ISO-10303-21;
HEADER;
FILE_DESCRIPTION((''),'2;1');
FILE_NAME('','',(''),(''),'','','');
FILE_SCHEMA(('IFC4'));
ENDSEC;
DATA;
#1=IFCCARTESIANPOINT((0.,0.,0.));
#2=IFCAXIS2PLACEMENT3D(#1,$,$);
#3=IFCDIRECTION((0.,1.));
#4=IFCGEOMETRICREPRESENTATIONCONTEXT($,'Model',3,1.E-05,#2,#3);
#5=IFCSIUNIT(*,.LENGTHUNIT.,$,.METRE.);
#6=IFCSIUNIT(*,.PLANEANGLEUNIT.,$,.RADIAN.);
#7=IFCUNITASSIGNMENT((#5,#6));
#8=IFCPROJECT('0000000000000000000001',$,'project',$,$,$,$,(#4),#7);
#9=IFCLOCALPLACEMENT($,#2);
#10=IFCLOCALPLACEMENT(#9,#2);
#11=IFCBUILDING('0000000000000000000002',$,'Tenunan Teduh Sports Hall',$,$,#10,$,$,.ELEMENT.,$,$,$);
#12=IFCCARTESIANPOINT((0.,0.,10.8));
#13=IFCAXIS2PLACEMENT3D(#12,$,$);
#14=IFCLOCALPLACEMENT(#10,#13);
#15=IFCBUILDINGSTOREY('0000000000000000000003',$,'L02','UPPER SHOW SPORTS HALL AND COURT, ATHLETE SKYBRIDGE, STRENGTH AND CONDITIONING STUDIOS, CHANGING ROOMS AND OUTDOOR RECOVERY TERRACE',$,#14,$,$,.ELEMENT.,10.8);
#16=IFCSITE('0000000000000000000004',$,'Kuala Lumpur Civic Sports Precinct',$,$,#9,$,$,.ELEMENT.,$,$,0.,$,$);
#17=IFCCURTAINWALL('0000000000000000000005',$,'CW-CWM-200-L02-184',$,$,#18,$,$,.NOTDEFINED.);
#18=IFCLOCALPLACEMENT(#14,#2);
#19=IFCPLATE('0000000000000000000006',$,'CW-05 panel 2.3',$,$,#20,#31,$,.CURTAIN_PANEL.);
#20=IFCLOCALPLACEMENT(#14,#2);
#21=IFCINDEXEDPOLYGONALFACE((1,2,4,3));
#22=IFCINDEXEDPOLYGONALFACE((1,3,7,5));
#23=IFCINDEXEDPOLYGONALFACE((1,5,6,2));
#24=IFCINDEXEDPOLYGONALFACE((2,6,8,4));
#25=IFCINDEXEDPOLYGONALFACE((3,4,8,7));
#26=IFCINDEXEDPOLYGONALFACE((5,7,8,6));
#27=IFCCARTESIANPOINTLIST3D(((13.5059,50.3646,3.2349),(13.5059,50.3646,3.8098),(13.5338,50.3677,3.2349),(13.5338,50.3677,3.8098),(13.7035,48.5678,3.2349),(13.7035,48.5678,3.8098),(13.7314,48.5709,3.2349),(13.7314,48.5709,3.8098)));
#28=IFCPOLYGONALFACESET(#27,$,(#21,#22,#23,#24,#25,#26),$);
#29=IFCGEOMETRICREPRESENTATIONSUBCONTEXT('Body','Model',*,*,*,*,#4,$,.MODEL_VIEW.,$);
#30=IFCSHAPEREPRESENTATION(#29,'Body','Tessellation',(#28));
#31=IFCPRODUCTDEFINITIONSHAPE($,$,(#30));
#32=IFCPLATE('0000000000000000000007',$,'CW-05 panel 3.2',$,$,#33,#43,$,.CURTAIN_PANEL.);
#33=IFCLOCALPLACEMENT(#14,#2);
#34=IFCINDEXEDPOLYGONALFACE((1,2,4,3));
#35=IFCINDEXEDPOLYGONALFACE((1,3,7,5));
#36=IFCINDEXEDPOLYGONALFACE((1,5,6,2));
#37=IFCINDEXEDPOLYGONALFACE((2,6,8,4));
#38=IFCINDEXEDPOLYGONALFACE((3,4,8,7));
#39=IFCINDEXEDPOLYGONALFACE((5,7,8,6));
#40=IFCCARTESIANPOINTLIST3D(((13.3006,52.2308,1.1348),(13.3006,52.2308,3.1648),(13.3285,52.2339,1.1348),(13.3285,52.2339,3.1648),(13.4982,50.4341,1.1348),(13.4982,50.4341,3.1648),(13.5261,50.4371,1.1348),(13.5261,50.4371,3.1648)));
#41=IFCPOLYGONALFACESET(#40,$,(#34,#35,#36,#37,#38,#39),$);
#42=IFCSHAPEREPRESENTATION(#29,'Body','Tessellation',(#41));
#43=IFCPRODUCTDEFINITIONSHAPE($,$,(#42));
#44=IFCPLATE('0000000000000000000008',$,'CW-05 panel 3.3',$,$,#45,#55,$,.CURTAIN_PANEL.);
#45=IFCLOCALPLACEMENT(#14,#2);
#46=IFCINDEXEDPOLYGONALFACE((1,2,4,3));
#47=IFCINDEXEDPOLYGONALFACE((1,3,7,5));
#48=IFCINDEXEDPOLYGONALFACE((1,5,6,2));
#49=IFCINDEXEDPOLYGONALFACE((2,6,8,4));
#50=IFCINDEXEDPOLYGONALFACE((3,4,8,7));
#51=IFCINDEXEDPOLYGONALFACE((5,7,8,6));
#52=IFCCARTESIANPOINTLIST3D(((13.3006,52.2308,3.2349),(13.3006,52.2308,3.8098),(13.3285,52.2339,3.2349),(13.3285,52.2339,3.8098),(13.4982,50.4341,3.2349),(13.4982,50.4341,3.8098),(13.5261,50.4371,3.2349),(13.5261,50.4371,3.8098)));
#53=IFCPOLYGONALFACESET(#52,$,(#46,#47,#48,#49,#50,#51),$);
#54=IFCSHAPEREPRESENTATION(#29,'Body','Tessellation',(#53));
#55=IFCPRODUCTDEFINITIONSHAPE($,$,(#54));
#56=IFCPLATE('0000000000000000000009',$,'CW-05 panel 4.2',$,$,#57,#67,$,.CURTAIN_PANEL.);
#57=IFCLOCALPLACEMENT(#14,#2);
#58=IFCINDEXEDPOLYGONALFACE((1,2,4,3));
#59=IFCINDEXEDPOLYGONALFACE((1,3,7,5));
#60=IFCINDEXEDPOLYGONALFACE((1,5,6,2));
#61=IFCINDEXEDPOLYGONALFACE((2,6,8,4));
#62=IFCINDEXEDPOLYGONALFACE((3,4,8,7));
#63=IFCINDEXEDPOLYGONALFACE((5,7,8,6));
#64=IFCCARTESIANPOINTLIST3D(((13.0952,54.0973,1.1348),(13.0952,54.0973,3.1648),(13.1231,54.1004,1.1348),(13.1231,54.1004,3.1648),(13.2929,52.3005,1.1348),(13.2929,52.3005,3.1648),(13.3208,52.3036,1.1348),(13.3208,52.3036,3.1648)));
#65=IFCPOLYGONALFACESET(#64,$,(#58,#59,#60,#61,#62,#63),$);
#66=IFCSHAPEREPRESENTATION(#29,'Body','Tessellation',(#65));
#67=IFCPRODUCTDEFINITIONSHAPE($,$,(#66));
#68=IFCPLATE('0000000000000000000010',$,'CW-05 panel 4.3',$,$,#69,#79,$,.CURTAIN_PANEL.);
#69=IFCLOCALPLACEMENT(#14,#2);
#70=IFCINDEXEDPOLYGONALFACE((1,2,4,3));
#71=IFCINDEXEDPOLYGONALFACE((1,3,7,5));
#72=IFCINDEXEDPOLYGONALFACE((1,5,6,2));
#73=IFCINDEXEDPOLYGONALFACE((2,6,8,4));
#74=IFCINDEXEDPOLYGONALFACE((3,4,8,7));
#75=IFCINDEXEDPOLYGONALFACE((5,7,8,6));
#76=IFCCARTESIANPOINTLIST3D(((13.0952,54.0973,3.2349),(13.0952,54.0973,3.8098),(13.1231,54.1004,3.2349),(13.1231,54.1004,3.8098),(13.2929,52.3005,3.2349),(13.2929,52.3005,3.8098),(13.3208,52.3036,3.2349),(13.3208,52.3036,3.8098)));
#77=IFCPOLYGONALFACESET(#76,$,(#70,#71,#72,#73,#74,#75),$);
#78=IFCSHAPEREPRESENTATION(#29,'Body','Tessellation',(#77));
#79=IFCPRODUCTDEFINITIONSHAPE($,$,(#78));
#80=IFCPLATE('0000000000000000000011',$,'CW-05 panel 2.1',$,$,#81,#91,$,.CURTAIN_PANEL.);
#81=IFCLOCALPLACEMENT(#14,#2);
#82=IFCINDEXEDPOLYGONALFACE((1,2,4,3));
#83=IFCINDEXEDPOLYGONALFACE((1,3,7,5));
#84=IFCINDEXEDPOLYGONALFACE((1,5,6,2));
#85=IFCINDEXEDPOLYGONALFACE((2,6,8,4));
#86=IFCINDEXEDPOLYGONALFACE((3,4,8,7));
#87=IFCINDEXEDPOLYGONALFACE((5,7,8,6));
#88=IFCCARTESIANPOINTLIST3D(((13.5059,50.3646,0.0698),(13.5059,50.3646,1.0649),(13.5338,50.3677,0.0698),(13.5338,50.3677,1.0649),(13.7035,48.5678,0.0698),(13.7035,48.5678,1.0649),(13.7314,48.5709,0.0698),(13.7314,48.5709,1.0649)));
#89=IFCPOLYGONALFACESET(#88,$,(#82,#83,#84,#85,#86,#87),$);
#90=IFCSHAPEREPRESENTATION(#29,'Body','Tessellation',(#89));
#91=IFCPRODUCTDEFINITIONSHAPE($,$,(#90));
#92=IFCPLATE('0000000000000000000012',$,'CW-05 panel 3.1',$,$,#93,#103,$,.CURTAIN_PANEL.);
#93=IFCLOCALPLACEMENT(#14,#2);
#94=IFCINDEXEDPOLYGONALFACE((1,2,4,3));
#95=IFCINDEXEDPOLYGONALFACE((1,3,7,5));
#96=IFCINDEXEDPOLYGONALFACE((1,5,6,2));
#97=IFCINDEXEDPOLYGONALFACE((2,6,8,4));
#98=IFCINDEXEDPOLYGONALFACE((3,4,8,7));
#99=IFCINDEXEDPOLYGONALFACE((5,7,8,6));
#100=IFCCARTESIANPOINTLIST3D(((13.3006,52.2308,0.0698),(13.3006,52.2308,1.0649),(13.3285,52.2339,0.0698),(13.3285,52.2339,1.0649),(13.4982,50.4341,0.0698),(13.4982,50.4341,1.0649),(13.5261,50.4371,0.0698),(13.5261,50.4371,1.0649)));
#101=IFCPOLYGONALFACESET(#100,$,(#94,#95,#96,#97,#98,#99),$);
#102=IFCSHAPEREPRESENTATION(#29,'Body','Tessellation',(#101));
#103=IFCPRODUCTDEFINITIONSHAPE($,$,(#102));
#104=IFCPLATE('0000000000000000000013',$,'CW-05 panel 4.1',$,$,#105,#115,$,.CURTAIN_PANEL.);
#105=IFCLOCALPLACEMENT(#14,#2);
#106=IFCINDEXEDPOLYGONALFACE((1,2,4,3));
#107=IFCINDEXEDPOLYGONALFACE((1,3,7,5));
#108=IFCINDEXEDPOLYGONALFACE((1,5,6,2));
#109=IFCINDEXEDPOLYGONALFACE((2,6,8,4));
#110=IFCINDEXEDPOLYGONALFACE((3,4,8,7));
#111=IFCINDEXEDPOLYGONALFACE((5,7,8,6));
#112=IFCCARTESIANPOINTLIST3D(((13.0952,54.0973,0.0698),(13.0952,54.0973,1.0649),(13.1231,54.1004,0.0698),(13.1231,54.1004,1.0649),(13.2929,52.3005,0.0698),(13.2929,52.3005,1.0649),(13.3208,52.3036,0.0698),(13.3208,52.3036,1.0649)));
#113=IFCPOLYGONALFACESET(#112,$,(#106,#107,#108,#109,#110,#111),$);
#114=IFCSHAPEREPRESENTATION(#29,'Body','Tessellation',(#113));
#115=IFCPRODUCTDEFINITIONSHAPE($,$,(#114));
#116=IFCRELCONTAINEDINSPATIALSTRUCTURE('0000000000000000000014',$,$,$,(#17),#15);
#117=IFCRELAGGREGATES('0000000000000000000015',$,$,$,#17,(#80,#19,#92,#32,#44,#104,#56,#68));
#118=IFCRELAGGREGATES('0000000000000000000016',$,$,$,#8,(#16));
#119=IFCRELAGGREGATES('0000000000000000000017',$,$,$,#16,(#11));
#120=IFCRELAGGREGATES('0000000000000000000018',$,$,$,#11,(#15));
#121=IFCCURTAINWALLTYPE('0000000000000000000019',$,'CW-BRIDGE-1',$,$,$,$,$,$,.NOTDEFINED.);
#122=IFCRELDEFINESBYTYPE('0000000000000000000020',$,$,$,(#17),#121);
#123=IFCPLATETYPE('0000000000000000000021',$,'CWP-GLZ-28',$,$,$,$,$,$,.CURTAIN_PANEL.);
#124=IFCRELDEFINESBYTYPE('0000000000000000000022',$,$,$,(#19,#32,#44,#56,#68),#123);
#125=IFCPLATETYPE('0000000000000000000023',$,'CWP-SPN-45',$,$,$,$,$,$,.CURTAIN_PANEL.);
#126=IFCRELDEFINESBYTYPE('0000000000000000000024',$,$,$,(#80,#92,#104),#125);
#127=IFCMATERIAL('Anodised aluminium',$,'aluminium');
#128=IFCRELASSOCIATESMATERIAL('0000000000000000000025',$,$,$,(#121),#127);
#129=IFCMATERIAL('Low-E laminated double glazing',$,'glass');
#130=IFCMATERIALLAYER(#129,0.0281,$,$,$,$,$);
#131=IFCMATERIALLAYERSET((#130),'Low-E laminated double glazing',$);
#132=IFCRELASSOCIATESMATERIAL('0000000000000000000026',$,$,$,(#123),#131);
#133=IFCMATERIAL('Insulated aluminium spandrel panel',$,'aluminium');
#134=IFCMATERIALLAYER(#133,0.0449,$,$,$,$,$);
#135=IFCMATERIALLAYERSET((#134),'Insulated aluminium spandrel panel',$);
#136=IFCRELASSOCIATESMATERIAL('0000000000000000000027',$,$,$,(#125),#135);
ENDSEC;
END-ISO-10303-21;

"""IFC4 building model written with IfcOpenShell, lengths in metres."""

from ifc_helpers import new_model, si_unit, direction, frame, origin, origin_2d, place, context, subcontext, project, spatial, rectangle, extrude, material, layer, layer_set, type_object, element, aggregate, save


model = new_model("IFC4")

# Units and contexts
model_context = context("Model", 3, precision=1e-05, world=origin(), true_north=direction((0.0, 1.0)))
body_context = subcontext(model_context, "Body", "Model", "MODEL_VIEW")
ifc_project = project(units=[si_unit("LENGTHUNIT", "METRE"), si_unit("PLANEANGLEUNIT", "RADIAN")], contexts=[model_context])

# Site, building, storey
site_placement = place(None, origin())
site = spatial("IfcSite", under=ifc_project, at=site_placement, Name="Kuala Lumpur Civic Sports Precinct", CompositionType="ELEMENT", RefElevation=0.0)
building_placement = place(site_placement, origin())
building = spatial("IfcBuilding", under=site, at=building_placement, Name="Tenunan Teduh Sports Hall", CompositionType="ELEMENT")
storey_placement = place(building_placement, frame((0.0, 0.0, 10.8)))
storey = spatial("IfcBuildingStorey", under=building, at=storey_placement, Name="L02", Description="UPPER SHOW SPORTS HALL AND COURT, ATHLETE SKYBRIDGE, STRENGTH AND CONDITIONING STUDIOS, CHANGING ROOMS AND OUTDOOR RECOVERY TERRACE", CompositionType="ELEMENT", Elevation=10.8)

# Curtain wall, plates
ifc_material_1 = material(Name="Anodised aluminium", Category="aluminium")
curtain_wall_type = type_object("IfcCurtainWallType", Name="CW-BRIDGE-1", PredefinedType="NOTDEFINED", material=ifc_material_1)
curtain_wall_placement = place(storey_placement, origin())
curtain_wall = element("IfcCurtainWall", 1, at=curtain_wall_placement, inside=storey, type_object=curtain_wall_type, Name="CW-CWM-200-L02-184", PredefinedType="NOTDEFINED")
ifc_material_2 = material(Name="Low-E laminated double glazing", Category="glass")
ifc_layer_1 = layer(ifc_material_2, 0.0281)
ifc_layer_set_1 = layer_set([ifc_layer_1], Name="Low-E laminated double glazing")
plate_type_1 = type_object("IfcPlateType", Name="CWP-GLZ-28", PredefinedType="CURTAIN_PANEL", material=ifc_layer_set_1)
plate_1_placement = place(storey_placement, frame((13.6187, 49.4678, 3.2349), z_axis=(0.0, 0.0, 1.0), x_axis=(-0.10934, 0.994004, 0.0)))
plate_1 = element("IfcPlate", 2, at=plate_1_placement, type_object=plate_type_1, Name="CW-05 panel 2.3", PredefinedType="CURTAIN_PANEL", context=body_context, shape_type="SweptSolid", body=[
    extrude(rectangle(XDim=1.8076, YDim=0.0281, at=origin_2d()), origin(), (0.0, 0.0, 1.0), 0.575),
])
plate_2_placement = place(storey_placement, frame((13.4133, 51.334, 1.1348), z_axis=(0.0, 0.0, 1.0), x_axis=(-0.10934, 0.994004, 0.0)))
plate_2 = element("IfcPlate", 3, at=plate_2_placement, type_object=plate_type_1, Name="CW-05 panel 3.2", PredefinedType="CURTAIN_PANEL", context=body_context, shape_type="SweptSolid", body=[
    extrude(rectangle(XDim=1.8076, YDim=0.0281, at=origin_2d()), origin(), (0.0, 0.0, 1.0), 2.03),
])
plate_3_placement = place(storey_placement, frame((13.4133, 51.334, 3.2349), z_axis=(0.0, 0.0, 1.0), x_axis=(-0.10934, 0.994004, 0.0)))
plate_3 = element("IfcPlate", 4, at=plate_3_placement, type_object=plate_type_1, Name="CW-05 panel 3.3", PredefinedType="CURTAIN_PANEL", context=body_context, shape_type="SweptSolid", body=[
    extrude(rectangle(XDim=1.8076, YDim=0.0281, at=origin_2d()), origin(), (0.0, 0.0, 1.0), 0.575),
])
plate_4_placement = place(storey_placement, frame((13.208, 53.2004, 1.1348), z_axis=(0.0, 0.0, 1.0), x_axis=(-0.10934, 0.994004, 0.0)))
plate_4 = element("IfcPlate", 5, at=plate_4_placement, type_object=plate_type_1, Name="CW-05 panel 4.2", PredefinedType="CURTAIN_PANEL", context=body_context, shape_type="SweptSolid", body=[
    extrude(rectangle(XDim=1.8076, YDim=0.0281, at=origin_2d()), origin(), (0.0, 0.0, 1.0), 2.03),
])
plate_5_placement = place(storey_placement, frame((13.208, 53.2004, 3.2349), z_axis=(0.0, 0.0, 1.0), x_axis=(-0.10934, 0.994004, 0.0)))
plate_5 = element("IfcPlate", 6, at=plate_5_placement, type_object=plate_type_1, Name="CW-05 panel 4.3", PredefinedType="CURTAIN_PANEL", context=body_context, shape_type="SweptSolid", body=[
    extrude(rectangle(XDim=1.8076, YDim=0.0281, at=origin_2d()), origin(), (0.0, 0.0, 1.0), 0.575),
])
ifc_material_3 = material(Name="Insulated aluminium spandrel panel", Category="aluminium")
ifc_layer_2 = layer(ifc_material_3, 0.0449)
ifc_layer_set_2 = layer_set([ifc_layer_2], Name="Insulated aluminium spandrel panel")
plate_type_2 = type_object("IfcPlateType", Name="CWP-SPN-45", PredefinedType="CURTAIN_PANEL", material=ifc_layer_set_2)
plate_6_placement = place(storey_placement, frame((13.6187, 49.4678, 0.0698), z_axis=(0.0, 0.0, 1.0), x_axis=(-0.10934, 0.994004, 0.0)))
plate_6 = element("IfcPlate", 7, at=plate_6_placement, type_object=plate_type_2, Name="CW-05 panel 2.1", PredefinedType="CURTAIN_PANEL", context=body_context, shape_type="SweptSolid", body=[
    extrude(rectangle(XDim=1.8076, YDim=0.0281, at=origin_2d()), origin(), (0.0, 0.0, 1.0), 0.9951),
])
plate_7_placement = place(storey_placement, frame((13.4133, 51.334, 0.0698), z_axis=(0.0, 0.0, 1.0), x_axis=(-0.10934, 0.994004, 0.0)))
plate_7 = element("IfcPlate", 8, at=plate_7_placement, type_object=plate_type_2, Name="CW-05 panel 3.1", PredefinedType="CURTAIN_PANEL", context=body_context, shape_type="SweptSolid", body=[
    extrude(rectangle(XDim=1.8076, YDim=0.0281, at=origin_2d()), origin(), (0.0, 0.0, 1.0), 0.9951),
])
plate_8_placement = place(storey_placement, frame((13.208, 53.2004, 0.0698), z_axis=(0.0, 0.0, 1.0), x_axis=(-0.10934, 0.994004, 0.0)))
plate_8 = element("IfcPlate", 9, at=plate_8_placement, type_object=plate_type_2, Name="CW-05 panel 4.1", PredefinedType="CURTAIN_PANEL", context=body_context, shape_type="SweptSolid", body=[
    extrude(rectangle(XDim=1.8076, YDim=0.0281, at=origin_2d()), origin(), (0.0, 0.0, 1.0), 0.9951),
])
aggregate(curtain_wall, [plate_6, plate_1, plate_7, plate_2, plate_3, plate_8, plate_4, plate_5])

save(model, "model.ifc")
